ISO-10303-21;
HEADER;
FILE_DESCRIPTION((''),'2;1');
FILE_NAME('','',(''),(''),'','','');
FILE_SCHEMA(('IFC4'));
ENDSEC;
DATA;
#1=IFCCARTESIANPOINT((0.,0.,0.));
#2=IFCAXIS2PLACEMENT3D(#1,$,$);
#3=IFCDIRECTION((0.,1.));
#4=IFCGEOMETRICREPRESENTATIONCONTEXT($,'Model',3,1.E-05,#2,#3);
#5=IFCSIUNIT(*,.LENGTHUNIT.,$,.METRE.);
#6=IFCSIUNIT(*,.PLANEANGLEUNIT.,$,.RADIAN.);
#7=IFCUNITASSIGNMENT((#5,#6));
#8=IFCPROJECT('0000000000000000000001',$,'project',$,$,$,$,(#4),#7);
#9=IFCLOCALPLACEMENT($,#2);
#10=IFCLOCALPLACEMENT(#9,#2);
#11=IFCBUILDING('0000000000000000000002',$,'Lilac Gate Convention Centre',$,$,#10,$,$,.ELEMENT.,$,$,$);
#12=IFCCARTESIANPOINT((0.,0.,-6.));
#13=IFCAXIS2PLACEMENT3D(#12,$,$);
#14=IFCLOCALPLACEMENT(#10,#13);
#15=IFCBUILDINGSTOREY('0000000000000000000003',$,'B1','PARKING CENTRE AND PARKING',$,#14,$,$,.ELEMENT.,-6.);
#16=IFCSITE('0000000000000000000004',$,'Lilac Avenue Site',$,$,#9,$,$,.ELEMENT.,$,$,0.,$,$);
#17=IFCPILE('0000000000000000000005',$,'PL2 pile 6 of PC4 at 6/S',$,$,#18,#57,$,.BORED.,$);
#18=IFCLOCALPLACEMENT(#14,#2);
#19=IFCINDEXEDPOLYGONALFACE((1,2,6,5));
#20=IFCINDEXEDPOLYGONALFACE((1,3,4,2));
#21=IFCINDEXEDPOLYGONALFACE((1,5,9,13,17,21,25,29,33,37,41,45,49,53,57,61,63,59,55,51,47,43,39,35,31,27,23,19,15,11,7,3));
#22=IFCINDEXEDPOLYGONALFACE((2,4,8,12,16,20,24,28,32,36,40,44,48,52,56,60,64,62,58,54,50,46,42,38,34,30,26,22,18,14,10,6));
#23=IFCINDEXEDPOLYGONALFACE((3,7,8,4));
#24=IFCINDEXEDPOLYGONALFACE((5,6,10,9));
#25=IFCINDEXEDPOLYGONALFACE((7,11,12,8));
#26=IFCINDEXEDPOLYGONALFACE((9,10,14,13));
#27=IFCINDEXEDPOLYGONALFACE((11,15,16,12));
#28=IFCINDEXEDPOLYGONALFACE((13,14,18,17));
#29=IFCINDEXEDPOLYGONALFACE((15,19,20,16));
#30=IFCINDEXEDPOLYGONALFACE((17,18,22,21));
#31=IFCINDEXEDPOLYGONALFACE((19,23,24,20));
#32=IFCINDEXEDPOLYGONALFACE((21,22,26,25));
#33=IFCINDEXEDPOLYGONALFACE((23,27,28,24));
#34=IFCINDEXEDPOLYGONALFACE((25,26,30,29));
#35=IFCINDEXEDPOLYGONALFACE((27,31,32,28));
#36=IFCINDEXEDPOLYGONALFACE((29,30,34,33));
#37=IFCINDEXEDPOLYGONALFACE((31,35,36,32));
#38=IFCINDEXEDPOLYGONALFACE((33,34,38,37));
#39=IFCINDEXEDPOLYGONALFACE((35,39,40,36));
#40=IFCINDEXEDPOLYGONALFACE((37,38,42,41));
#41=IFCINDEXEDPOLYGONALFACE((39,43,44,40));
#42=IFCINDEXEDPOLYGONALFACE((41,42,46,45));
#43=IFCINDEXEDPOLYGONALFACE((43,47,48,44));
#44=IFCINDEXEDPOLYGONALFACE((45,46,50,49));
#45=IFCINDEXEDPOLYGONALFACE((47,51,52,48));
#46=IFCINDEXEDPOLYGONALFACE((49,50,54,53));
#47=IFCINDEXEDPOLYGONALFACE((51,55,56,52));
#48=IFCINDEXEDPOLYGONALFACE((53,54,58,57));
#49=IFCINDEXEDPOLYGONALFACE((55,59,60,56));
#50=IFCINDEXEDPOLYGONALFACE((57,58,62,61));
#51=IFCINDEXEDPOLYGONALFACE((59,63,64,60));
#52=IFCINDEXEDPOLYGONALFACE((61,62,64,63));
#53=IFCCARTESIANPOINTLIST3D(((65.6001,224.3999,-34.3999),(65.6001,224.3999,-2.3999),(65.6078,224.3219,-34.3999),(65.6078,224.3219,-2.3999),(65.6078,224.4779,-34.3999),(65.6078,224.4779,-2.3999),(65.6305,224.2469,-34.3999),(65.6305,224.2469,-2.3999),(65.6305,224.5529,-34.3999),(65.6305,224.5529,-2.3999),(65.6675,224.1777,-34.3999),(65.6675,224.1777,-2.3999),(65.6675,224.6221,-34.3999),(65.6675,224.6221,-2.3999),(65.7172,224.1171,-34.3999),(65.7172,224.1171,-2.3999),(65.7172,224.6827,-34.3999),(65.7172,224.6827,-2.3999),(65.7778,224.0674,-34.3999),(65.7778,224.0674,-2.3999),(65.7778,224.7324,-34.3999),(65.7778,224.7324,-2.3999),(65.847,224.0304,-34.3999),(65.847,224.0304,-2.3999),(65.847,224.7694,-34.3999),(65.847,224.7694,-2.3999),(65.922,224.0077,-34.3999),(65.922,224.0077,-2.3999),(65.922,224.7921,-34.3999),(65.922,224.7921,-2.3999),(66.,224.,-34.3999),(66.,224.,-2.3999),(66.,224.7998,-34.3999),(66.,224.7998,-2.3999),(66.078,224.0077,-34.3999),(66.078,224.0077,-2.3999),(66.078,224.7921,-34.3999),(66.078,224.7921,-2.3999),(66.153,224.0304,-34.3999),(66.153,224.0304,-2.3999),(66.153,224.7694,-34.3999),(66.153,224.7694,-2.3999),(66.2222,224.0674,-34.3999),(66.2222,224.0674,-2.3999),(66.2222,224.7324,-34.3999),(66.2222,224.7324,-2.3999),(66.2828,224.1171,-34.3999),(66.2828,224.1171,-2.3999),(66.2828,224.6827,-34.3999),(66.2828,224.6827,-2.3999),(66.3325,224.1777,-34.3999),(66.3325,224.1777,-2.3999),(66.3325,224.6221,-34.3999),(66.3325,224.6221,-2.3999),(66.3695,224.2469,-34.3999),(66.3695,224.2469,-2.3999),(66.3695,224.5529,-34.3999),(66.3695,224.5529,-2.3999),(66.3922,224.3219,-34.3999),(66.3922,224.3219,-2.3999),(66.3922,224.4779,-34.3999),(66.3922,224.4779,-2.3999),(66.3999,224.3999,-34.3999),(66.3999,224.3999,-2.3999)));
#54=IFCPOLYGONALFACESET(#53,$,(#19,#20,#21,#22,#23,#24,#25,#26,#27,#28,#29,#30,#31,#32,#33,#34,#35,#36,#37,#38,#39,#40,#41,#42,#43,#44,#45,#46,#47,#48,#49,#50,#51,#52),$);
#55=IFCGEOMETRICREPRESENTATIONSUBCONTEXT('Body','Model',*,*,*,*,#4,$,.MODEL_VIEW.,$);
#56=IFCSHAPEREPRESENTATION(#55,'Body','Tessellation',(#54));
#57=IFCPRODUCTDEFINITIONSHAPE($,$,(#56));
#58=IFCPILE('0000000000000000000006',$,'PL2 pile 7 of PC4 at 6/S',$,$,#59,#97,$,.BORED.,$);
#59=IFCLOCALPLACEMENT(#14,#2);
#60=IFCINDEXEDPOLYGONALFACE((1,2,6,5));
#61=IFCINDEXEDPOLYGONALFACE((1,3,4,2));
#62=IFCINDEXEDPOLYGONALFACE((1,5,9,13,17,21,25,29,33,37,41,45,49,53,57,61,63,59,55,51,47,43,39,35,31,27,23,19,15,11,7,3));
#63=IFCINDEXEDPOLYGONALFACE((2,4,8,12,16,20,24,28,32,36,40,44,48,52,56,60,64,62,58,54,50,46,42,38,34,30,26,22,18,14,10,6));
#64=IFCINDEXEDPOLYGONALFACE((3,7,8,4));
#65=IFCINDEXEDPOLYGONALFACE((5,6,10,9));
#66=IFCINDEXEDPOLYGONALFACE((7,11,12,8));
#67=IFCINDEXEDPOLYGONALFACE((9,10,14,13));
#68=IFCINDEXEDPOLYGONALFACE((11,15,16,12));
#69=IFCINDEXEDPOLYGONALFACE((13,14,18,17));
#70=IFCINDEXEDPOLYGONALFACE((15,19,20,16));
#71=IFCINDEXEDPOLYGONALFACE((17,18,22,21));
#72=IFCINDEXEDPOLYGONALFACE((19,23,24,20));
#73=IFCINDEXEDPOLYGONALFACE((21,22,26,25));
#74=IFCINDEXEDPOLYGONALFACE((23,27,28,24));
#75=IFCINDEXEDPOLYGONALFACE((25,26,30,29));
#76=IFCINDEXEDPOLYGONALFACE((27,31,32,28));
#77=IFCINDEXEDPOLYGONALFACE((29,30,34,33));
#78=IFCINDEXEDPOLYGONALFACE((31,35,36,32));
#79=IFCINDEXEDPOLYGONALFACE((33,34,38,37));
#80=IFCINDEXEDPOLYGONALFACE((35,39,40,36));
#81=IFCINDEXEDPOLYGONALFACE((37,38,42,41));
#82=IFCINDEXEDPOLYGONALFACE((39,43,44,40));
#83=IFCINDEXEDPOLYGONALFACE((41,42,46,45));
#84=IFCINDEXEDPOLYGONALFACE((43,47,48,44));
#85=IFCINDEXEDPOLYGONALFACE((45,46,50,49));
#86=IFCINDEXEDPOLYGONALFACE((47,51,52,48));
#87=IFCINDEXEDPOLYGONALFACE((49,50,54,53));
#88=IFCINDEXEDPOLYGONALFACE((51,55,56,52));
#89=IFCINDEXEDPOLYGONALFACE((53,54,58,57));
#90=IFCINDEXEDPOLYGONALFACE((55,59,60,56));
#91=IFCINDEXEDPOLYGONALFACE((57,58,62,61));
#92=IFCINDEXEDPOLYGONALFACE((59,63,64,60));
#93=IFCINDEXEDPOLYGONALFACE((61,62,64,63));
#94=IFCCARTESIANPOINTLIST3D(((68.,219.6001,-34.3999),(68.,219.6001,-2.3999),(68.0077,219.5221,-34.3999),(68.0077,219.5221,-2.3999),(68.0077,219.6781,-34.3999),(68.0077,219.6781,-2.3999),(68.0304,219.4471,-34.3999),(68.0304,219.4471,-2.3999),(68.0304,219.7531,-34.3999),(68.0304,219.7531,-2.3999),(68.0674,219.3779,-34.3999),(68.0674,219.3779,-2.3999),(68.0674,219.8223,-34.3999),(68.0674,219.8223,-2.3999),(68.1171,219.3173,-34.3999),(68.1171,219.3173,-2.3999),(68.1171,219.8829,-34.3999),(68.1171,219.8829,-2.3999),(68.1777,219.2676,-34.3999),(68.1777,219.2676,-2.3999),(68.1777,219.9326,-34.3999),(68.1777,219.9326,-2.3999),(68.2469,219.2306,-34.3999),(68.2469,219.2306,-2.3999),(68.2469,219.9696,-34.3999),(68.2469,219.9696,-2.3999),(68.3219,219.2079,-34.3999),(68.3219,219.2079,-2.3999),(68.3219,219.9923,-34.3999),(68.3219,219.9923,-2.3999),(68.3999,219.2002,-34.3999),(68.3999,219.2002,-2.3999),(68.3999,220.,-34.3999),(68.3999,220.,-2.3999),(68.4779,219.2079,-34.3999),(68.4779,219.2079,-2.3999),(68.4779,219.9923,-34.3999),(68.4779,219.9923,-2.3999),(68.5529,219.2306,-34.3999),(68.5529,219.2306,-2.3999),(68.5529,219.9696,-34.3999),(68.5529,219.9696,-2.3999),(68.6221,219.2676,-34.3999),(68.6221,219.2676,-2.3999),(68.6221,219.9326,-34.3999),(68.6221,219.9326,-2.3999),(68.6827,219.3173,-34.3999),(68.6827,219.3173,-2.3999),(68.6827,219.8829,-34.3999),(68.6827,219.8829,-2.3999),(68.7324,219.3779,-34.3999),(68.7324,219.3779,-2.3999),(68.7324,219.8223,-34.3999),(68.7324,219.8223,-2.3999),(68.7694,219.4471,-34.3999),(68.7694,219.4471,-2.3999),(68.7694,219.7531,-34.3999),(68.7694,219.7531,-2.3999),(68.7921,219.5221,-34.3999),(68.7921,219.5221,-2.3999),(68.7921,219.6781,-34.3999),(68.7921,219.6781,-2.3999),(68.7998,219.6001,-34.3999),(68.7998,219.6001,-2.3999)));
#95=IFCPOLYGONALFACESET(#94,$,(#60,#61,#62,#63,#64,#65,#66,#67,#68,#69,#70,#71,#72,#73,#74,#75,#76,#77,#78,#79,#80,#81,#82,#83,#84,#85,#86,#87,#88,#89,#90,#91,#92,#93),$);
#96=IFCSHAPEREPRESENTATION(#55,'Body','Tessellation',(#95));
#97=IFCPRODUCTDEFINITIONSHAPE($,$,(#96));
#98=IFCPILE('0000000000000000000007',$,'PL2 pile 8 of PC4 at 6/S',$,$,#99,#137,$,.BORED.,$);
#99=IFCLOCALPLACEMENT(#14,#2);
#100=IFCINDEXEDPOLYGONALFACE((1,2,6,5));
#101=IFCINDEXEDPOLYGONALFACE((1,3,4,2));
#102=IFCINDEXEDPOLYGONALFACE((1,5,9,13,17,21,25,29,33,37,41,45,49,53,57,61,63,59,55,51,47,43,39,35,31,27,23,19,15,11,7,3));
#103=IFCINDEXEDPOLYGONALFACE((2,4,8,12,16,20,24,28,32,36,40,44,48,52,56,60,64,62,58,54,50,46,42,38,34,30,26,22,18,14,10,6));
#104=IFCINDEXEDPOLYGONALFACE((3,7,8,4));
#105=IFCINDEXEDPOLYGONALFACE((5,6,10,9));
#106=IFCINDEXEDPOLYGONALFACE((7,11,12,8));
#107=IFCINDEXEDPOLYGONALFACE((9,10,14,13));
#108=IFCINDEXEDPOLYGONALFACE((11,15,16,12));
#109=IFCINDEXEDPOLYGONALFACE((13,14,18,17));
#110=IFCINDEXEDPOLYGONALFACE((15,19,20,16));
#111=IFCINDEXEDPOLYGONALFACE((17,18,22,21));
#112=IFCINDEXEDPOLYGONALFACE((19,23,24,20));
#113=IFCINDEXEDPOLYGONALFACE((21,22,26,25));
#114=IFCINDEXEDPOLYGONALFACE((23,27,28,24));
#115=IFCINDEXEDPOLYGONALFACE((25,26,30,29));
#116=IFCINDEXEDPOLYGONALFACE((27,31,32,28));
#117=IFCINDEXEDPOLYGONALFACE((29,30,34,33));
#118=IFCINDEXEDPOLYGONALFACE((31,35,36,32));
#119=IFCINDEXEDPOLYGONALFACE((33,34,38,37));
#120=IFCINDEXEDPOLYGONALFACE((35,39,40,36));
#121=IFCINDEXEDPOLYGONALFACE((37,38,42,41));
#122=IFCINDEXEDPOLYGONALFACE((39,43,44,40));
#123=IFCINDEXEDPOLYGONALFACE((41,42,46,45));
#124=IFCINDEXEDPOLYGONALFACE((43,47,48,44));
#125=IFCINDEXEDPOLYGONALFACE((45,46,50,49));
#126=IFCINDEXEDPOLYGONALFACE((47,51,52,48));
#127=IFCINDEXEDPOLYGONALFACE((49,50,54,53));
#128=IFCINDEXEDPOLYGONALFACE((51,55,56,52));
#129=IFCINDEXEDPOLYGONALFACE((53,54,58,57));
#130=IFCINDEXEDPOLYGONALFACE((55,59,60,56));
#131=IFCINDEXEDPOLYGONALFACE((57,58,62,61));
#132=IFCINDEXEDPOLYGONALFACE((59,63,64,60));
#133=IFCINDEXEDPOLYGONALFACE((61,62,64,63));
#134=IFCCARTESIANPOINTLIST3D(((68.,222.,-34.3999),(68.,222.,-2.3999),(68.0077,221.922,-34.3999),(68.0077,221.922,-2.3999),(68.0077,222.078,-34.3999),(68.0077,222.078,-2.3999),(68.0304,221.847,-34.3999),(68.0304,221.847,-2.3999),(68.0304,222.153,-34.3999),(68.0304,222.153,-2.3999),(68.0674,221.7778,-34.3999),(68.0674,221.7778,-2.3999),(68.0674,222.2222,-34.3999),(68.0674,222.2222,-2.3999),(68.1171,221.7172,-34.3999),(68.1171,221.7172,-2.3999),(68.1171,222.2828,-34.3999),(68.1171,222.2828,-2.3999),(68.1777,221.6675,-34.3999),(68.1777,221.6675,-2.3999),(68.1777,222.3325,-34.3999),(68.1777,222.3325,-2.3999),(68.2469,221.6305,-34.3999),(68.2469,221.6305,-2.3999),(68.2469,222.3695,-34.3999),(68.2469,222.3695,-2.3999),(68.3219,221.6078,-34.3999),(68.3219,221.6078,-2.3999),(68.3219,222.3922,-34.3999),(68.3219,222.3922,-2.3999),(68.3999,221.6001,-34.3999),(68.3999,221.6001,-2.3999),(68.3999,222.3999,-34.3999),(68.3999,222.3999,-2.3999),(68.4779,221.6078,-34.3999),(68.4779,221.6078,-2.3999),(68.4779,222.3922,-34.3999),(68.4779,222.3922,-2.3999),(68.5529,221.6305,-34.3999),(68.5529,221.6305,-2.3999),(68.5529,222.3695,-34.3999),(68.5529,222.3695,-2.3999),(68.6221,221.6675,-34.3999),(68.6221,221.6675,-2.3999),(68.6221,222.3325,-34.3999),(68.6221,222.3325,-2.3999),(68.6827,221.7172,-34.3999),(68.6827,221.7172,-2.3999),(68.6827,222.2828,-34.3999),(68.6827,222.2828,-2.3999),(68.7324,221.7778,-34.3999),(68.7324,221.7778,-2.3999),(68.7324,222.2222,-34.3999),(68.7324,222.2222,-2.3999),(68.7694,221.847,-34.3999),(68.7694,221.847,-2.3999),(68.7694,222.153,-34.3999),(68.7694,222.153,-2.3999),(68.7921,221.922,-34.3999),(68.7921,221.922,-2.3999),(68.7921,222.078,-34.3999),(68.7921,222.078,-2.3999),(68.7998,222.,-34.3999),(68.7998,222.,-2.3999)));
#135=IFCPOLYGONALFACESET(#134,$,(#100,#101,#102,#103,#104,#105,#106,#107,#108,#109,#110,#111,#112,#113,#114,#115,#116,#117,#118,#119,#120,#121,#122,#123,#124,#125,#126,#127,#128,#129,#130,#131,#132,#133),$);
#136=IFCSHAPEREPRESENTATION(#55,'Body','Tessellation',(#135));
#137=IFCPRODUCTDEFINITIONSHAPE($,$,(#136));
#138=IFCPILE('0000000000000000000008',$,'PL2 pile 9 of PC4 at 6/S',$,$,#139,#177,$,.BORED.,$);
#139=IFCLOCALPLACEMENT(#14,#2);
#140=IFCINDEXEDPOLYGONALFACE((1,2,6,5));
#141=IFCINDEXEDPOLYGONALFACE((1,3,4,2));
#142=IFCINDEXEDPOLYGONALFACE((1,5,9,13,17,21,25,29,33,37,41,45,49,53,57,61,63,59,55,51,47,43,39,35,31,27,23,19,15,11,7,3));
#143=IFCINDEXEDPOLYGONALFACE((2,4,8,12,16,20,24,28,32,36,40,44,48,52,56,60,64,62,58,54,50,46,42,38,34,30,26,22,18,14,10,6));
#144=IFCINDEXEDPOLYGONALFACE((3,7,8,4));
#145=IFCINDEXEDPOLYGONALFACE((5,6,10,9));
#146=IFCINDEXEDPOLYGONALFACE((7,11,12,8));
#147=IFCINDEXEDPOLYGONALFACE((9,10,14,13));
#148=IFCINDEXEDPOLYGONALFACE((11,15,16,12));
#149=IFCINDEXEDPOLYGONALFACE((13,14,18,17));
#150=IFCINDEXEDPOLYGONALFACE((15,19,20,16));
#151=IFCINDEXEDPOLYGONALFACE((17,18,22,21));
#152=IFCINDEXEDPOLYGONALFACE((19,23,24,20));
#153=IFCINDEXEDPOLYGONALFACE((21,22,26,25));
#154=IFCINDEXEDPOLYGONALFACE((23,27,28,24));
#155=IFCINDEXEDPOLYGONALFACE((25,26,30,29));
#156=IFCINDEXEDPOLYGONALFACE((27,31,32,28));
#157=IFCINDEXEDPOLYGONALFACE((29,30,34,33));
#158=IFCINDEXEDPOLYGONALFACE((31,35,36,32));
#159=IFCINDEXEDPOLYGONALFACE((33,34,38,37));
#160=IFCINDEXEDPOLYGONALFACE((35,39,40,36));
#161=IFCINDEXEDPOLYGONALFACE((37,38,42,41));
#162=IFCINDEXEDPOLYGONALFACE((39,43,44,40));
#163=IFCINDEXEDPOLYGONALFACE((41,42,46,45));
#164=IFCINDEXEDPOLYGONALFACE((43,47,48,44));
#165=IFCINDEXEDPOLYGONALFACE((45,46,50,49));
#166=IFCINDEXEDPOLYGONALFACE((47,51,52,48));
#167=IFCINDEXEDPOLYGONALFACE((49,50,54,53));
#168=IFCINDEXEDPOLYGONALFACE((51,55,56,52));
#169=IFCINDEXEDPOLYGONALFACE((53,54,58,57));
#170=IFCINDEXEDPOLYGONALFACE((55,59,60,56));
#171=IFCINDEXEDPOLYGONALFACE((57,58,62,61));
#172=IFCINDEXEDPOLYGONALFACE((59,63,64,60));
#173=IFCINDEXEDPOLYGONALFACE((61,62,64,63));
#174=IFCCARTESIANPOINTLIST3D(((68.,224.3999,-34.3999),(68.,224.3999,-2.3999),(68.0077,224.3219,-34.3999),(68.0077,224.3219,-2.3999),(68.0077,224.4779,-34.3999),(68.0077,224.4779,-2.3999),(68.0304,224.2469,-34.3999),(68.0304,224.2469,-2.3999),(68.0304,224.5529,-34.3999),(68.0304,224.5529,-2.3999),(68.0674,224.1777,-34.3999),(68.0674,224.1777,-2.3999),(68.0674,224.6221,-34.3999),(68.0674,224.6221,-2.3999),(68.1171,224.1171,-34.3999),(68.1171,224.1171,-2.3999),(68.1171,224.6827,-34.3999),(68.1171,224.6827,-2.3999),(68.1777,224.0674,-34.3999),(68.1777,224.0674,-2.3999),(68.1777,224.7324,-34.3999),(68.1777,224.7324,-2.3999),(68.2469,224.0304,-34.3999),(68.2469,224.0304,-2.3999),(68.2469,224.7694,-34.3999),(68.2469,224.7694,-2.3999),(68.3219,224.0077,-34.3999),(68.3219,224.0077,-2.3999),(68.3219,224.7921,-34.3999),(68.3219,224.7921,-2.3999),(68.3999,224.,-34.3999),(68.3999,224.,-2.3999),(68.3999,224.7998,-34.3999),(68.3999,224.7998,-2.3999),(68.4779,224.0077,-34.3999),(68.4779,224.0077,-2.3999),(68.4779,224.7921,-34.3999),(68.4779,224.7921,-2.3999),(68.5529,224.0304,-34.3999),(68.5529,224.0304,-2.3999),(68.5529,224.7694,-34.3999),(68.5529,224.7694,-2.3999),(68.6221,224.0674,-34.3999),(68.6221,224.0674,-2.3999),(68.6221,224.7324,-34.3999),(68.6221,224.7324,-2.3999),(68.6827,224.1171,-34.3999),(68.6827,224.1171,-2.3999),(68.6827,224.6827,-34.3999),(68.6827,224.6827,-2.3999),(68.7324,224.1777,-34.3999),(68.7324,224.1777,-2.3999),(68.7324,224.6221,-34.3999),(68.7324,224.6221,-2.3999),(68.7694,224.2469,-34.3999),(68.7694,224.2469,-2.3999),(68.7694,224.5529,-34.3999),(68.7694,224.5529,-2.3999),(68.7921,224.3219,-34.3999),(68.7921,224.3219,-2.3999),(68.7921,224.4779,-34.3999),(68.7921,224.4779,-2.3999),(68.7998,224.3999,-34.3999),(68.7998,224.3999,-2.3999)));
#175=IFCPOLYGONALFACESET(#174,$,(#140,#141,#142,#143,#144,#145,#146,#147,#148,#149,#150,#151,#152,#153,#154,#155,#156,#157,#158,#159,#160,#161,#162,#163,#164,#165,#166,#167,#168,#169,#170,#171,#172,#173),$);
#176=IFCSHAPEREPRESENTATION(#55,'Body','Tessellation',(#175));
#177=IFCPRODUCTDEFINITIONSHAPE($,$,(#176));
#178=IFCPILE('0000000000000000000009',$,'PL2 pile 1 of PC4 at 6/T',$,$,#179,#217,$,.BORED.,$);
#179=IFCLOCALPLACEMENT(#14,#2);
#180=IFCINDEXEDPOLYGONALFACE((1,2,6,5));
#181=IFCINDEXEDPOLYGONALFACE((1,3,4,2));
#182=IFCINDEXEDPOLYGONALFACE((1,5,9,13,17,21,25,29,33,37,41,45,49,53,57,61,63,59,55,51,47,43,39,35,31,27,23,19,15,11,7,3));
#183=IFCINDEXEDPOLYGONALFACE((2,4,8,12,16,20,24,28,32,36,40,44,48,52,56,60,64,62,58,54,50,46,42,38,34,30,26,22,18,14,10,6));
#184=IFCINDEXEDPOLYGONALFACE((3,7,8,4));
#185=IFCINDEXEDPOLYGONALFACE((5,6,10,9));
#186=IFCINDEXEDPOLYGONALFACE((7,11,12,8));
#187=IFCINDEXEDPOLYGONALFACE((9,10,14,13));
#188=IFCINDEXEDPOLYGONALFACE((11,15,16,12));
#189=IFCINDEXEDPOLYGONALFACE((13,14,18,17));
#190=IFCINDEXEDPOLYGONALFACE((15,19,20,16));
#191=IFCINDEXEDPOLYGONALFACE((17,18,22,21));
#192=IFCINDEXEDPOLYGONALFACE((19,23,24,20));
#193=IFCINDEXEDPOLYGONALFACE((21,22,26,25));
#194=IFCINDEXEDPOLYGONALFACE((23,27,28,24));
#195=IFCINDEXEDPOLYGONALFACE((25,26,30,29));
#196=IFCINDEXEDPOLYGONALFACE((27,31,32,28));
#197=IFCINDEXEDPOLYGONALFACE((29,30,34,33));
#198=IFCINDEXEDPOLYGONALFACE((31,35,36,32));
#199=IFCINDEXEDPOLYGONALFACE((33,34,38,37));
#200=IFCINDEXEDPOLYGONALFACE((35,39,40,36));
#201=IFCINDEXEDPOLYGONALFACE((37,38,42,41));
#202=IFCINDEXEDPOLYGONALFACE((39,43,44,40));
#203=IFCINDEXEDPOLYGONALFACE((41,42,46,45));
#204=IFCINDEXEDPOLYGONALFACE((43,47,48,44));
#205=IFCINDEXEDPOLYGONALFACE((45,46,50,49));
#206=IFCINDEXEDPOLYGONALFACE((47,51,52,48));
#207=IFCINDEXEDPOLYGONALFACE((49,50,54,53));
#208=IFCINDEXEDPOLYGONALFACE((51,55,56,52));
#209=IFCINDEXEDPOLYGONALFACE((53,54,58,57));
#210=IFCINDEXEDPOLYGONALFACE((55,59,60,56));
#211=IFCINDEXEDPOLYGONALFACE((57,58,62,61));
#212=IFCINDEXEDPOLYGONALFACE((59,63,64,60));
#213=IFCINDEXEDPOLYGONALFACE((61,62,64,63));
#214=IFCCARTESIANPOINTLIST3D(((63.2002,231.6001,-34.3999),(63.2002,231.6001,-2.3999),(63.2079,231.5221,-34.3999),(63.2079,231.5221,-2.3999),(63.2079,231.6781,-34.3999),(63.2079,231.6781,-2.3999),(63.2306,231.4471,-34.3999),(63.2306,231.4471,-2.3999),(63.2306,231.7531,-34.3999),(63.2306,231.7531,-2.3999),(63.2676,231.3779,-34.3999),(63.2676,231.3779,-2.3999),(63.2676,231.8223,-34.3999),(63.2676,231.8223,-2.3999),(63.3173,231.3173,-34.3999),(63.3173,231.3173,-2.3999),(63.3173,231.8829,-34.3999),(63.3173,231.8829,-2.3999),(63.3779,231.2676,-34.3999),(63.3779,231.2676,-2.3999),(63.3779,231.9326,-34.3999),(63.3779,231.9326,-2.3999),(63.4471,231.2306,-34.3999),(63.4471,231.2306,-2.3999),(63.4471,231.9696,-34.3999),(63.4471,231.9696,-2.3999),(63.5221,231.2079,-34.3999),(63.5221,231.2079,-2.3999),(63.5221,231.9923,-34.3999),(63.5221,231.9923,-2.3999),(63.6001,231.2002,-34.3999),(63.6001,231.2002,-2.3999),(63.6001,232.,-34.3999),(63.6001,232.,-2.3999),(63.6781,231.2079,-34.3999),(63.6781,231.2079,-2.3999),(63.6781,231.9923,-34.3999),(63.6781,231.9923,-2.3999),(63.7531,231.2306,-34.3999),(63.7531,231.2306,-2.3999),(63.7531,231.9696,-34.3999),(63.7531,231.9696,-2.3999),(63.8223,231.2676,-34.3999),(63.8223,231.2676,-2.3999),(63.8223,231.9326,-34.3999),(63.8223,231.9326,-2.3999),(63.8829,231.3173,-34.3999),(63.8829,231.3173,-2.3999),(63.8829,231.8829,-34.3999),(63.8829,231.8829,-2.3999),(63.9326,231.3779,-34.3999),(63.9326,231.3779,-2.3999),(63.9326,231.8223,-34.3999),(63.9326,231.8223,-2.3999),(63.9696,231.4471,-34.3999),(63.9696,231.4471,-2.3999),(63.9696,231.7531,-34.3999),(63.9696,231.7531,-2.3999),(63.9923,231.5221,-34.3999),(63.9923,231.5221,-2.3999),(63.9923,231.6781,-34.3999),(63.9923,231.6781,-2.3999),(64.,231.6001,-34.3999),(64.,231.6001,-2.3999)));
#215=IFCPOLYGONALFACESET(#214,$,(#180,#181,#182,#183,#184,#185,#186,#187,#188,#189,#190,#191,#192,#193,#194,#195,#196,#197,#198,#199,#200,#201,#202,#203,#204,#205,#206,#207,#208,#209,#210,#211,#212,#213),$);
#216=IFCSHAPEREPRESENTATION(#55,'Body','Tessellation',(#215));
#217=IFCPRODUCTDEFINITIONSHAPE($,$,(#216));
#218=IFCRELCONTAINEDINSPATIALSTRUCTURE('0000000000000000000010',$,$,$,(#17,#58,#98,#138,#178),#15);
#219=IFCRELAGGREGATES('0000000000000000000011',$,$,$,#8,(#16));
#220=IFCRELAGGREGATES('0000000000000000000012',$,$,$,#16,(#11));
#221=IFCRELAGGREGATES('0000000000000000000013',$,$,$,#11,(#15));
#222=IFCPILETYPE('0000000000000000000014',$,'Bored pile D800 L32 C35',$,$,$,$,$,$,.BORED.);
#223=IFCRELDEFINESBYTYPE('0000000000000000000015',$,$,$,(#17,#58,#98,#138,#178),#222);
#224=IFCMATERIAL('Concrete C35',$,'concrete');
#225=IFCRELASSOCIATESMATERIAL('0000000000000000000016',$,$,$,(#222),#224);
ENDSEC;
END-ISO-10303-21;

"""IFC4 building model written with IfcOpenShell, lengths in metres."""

from ifc_helpers import new_model, si_unit, direction, frame, origin, origin_2d, place, context, subcontext, project, spatial, circle, extrude, material, material_profile, profile_set, type_object, element, save


model = new_model("IFC4")

# Units and contexts
model_context = context("Model", 3, precision=1e-05, world=origin(), true_north=direction((0.0, 1.0)))
body_context = subcontext(model_context, "Body", "Model", "MODEL_VIEW")
ifc_project = project(units=[si_unit("LENGTHUNIT", "METRE"), si_unit("PLANEANGLEUNIT", "RADIAN")], contexts=[model_context])

# Site, building, storey
site_placement = place(None, origin())
site = spatial("IfcSite", under=ifc_project, at=site_placement, Name="Lilac Avenue Site", CompositionType="ELEMENT", RefElevation=0.0)
building_placement = place(site_placement, origin())
building = spatial("IfcBuilding", under=site, at=building_placement, Name="Lilac Gate Convention Centre", CompositionType="ELEMENT")
storey_placement = place(building_placement, frame((0.0, 0.0, -6.0)))
storey = spatial("IfcBuildingStorey", under=building, at=storey_placement, Name="B1", Description="PARKING CENTRE AND PARKING", CompositionType="ELEMENT", Elevation=-6.0)

# Piles
ifc_material_1 = material(Name="Concrete C35", Category="concrete")
ifc_material_profile_1 = material_profile(ifc_material_1, circle(Radius=0.3999, at=origin_2d()), Name="D800")
ifc_profile_set_1 = profile_set([ifc_material_profile_1], Name="Concrete C35")
pile_type = type_object("IfcPileType", Name="Bored pile D800 L32 C35", PredefinedType="BORED", material=ifc_profile_set_1)
for number, where, z_axis, x_axis, name in (
    (1, (66.0, 224.3999, -2.3999), (0.0, 0.0, -1.0), (1.0, 0.0, 0.0), "PL2 pile 6 of PC4 at 6/S"),
    (2, (68.3999, 219.6001, -2.3999), (0.0, 0.0, -1.0), (1.0, 0.0, 0.0), "PL2 pile 7 of PC4 at 6/S"),
    (3, (68.3999, 222.0, -2.3999), (0.0, 0.0, -1.0), (1.0, 0.0, 0.0), "PL2 pile 8 of PC4 at 6/S"),
    (4, (68.3999, 224.3999, -2.3999), (0.0, 0.0, -1.0), (1.0, 0.0, 0.0), "PL2 pile 9 of PC4 at 6/S"),
    (5, (63.6001, 231.6001, -2.3999), (0.0, 0.0, -1.0), (1.0, 0.0, 0.0), "PL2 pile 1 of PC4 at 6/T"),
):
    element("IfcPile", number, at=place(storey_placement, frame(where, z_axis=z_axis, x_axis=x_axis)), inside=storey, type_object=pile_type, Name=name, PredefinedType="BORED", context=body_context, shape_type="SweptSolid", body=[
        extrude(circle(Radius=0.3999, at=origin_2d()), origin(), (0.0, 0.0, 1.0), 32.0),
    ])

save(model, "model.ifc")
